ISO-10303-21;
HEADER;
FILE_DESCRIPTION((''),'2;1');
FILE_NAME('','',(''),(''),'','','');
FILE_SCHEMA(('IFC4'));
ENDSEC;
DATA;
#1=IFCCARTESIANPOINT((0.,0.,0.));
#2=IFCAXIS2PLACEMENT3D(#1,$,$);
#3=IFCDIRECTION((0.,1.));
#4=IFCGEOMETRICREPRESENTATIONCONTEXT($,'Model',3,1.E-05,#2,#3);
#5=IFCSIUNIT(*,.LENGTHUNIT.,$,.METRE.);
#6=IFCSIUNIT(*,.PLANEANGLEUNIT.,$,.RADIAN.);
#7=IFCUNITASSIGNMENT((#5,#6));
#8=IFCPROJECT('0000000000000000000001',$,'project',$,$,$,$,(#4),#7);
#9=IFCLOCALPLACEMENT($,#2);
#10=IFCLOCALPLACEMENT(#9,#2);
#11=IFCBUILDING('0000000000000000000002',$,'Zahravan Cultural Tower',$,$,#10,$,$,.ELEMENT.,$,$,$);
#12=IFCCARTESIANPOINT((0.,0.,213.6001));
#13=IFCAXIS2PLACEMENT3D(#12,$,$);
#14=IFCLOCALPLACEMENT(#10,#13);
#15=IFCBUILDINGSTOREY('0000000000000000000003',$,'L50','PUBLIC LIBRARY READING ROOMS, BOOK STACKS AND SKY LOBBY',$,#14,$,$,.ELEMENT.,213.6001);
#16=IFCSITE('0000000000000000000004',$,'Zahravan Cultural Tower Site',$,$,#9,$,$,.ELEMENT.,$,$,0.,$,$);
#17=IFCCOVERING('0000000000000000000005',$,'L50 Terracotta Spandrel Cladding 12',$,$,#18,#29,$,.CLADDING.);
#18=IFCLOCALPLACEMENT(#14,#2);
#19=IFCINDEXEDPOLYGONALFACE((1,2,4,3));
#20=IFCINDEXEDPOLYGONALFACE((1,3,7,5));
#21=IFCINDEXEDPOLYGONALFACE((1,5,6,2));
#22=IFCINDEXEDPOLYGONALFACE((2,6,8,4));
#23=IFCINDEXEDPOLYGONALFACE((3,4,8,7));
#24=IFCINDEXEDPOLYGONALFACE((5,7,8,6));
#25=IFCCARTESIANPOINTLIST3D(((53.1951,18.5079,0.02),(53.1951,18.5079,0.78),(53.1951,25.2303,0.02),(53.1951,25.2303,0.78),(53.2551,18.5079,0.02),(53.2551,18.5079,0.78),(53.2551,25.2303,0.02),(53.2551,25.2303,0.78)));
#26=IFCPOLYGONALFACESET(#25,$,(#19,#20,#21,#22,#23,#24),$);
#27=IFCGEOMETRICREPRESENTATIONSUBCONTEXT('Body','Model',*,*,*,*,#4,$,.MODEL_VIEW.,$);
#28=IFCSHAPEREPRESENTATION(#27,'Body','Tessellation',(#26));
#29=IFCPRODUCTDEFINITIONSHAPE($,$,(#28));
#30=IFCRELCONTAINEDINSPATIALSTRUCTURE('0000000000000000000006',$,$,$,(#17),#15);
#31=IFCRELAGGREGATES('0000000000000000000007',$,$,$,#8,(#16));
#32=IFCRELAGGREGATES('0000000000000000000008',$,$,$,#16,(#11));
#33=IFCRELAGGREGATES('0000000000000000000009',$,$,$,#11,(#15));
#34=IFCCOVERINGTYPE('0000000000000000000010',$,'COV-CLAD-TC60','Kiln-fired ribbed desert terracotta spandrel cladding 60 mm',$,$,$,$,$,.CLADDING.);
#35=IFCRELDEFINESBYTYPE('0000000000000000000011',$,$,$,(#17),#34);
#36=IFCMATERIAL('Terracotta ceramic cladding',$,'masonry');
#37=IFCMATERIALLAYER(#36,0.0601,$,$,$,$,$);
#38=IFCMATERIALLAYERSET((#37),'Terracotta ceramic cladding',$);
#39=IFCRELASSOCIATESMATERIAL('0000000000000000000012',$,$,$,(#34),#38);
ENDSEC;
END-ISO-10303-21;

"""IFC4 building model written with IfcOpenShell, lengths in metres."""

from ifc_helpers import new_model, si_unit, direction, frame, origin, origin_2d, place, context, subcontext, project, spatial, rectangle, extrude, source, transform, mapped, material, layer, layer_set, type_object, element, save


model = new_model("IFC4")

# Units and contexts
model_context = context("Model", 3, precision=1e-05, world=origin(), true_north=direction((0.0, 1.0)))
body_context = subcontext(model_context, "Body", "Model", "MODEL_VIEW")
ifc_project = project(units=[si_unit("LENGTHUNIT", "METRE"), si_unit("PLANEANGLEUNIT", "RADIAN")], contexts=[model_context])

# Site, building, storey
site_placement = place(None, origin())
site = spatial("IfcSite", under=ifc_project, at=site_placement, Name="Zahravan Cultural Tower Site", CompositionType="ELEMENT", RefElevation=0.0)
building_placement = place(site_placement, origin())
building = spatial("IfcBuilding", under=site, at=building_placement, Name="Zahravan Cultural Tower", CompositionType="ELEMENT")
storey_placement = place(building_placement, frame((0.0, 0.0, 213.6001)))
storey = spatial("IfcBuildingStorey", under=building, at=storey_placement, Name="L50", Description="PUBLIC LIBRARY READING ROOMS, BOOK STACKS AND SKY LOBBY", CompositionType="ELEMENT", Elevation=213.6001)

# Covering
ifc_material_1 = material(Name="Terracotta ceramic cladding", Category="masonry")
ifc_layer_1 = layer(ifc_material_1, 0.0601)
ifc_layer_set_1 = layer_set([ifc_layer_1], Name="Terracotta ceramic cladding")
covering_type = type_object("IfcCoveringType", Name="COV-CLAD-TC60", Description="Kiln-fired ribbed desert terracotta spandrel cladding 60 mm", PredefinedType="CLADDING", material=ifc_layer_set_1)
shared_shape_1 = source(origin(), body_context, "Body", "SweptSolid", [
    extrude(rectangle(XDim=6.7224, YDim=0.0601, at=origin_2d()), origin(), (0.0, 0.0, 1.0), 0.76),
])
covering_1_placement = place(storey_placement, frame((53.2251, 21.8691, 0.02), z_axis=(0.0, 0.0, 1.0), x_axis=(0.0, -1.0, 0.0)))
element("IfcCovering", 1, at=covering_1_placement, inside=storey, type_object=covering_type, Name="L50 Terracotta Spandrel Cladding 12", PredefinedType="CLADDING", context=body_context, shape_type="MappedRepresentation", body=[
    mapped(shared_shape_1, transform((0.0, 0.0, 0.0), x_axis=(1.0, 0.0, 0.0), y_axis=(0.0, 1.0, 0.0), z_axis=(0.0, 0.0, 1.0), scale=1.0)),
])

save(model, "model.ifc")
